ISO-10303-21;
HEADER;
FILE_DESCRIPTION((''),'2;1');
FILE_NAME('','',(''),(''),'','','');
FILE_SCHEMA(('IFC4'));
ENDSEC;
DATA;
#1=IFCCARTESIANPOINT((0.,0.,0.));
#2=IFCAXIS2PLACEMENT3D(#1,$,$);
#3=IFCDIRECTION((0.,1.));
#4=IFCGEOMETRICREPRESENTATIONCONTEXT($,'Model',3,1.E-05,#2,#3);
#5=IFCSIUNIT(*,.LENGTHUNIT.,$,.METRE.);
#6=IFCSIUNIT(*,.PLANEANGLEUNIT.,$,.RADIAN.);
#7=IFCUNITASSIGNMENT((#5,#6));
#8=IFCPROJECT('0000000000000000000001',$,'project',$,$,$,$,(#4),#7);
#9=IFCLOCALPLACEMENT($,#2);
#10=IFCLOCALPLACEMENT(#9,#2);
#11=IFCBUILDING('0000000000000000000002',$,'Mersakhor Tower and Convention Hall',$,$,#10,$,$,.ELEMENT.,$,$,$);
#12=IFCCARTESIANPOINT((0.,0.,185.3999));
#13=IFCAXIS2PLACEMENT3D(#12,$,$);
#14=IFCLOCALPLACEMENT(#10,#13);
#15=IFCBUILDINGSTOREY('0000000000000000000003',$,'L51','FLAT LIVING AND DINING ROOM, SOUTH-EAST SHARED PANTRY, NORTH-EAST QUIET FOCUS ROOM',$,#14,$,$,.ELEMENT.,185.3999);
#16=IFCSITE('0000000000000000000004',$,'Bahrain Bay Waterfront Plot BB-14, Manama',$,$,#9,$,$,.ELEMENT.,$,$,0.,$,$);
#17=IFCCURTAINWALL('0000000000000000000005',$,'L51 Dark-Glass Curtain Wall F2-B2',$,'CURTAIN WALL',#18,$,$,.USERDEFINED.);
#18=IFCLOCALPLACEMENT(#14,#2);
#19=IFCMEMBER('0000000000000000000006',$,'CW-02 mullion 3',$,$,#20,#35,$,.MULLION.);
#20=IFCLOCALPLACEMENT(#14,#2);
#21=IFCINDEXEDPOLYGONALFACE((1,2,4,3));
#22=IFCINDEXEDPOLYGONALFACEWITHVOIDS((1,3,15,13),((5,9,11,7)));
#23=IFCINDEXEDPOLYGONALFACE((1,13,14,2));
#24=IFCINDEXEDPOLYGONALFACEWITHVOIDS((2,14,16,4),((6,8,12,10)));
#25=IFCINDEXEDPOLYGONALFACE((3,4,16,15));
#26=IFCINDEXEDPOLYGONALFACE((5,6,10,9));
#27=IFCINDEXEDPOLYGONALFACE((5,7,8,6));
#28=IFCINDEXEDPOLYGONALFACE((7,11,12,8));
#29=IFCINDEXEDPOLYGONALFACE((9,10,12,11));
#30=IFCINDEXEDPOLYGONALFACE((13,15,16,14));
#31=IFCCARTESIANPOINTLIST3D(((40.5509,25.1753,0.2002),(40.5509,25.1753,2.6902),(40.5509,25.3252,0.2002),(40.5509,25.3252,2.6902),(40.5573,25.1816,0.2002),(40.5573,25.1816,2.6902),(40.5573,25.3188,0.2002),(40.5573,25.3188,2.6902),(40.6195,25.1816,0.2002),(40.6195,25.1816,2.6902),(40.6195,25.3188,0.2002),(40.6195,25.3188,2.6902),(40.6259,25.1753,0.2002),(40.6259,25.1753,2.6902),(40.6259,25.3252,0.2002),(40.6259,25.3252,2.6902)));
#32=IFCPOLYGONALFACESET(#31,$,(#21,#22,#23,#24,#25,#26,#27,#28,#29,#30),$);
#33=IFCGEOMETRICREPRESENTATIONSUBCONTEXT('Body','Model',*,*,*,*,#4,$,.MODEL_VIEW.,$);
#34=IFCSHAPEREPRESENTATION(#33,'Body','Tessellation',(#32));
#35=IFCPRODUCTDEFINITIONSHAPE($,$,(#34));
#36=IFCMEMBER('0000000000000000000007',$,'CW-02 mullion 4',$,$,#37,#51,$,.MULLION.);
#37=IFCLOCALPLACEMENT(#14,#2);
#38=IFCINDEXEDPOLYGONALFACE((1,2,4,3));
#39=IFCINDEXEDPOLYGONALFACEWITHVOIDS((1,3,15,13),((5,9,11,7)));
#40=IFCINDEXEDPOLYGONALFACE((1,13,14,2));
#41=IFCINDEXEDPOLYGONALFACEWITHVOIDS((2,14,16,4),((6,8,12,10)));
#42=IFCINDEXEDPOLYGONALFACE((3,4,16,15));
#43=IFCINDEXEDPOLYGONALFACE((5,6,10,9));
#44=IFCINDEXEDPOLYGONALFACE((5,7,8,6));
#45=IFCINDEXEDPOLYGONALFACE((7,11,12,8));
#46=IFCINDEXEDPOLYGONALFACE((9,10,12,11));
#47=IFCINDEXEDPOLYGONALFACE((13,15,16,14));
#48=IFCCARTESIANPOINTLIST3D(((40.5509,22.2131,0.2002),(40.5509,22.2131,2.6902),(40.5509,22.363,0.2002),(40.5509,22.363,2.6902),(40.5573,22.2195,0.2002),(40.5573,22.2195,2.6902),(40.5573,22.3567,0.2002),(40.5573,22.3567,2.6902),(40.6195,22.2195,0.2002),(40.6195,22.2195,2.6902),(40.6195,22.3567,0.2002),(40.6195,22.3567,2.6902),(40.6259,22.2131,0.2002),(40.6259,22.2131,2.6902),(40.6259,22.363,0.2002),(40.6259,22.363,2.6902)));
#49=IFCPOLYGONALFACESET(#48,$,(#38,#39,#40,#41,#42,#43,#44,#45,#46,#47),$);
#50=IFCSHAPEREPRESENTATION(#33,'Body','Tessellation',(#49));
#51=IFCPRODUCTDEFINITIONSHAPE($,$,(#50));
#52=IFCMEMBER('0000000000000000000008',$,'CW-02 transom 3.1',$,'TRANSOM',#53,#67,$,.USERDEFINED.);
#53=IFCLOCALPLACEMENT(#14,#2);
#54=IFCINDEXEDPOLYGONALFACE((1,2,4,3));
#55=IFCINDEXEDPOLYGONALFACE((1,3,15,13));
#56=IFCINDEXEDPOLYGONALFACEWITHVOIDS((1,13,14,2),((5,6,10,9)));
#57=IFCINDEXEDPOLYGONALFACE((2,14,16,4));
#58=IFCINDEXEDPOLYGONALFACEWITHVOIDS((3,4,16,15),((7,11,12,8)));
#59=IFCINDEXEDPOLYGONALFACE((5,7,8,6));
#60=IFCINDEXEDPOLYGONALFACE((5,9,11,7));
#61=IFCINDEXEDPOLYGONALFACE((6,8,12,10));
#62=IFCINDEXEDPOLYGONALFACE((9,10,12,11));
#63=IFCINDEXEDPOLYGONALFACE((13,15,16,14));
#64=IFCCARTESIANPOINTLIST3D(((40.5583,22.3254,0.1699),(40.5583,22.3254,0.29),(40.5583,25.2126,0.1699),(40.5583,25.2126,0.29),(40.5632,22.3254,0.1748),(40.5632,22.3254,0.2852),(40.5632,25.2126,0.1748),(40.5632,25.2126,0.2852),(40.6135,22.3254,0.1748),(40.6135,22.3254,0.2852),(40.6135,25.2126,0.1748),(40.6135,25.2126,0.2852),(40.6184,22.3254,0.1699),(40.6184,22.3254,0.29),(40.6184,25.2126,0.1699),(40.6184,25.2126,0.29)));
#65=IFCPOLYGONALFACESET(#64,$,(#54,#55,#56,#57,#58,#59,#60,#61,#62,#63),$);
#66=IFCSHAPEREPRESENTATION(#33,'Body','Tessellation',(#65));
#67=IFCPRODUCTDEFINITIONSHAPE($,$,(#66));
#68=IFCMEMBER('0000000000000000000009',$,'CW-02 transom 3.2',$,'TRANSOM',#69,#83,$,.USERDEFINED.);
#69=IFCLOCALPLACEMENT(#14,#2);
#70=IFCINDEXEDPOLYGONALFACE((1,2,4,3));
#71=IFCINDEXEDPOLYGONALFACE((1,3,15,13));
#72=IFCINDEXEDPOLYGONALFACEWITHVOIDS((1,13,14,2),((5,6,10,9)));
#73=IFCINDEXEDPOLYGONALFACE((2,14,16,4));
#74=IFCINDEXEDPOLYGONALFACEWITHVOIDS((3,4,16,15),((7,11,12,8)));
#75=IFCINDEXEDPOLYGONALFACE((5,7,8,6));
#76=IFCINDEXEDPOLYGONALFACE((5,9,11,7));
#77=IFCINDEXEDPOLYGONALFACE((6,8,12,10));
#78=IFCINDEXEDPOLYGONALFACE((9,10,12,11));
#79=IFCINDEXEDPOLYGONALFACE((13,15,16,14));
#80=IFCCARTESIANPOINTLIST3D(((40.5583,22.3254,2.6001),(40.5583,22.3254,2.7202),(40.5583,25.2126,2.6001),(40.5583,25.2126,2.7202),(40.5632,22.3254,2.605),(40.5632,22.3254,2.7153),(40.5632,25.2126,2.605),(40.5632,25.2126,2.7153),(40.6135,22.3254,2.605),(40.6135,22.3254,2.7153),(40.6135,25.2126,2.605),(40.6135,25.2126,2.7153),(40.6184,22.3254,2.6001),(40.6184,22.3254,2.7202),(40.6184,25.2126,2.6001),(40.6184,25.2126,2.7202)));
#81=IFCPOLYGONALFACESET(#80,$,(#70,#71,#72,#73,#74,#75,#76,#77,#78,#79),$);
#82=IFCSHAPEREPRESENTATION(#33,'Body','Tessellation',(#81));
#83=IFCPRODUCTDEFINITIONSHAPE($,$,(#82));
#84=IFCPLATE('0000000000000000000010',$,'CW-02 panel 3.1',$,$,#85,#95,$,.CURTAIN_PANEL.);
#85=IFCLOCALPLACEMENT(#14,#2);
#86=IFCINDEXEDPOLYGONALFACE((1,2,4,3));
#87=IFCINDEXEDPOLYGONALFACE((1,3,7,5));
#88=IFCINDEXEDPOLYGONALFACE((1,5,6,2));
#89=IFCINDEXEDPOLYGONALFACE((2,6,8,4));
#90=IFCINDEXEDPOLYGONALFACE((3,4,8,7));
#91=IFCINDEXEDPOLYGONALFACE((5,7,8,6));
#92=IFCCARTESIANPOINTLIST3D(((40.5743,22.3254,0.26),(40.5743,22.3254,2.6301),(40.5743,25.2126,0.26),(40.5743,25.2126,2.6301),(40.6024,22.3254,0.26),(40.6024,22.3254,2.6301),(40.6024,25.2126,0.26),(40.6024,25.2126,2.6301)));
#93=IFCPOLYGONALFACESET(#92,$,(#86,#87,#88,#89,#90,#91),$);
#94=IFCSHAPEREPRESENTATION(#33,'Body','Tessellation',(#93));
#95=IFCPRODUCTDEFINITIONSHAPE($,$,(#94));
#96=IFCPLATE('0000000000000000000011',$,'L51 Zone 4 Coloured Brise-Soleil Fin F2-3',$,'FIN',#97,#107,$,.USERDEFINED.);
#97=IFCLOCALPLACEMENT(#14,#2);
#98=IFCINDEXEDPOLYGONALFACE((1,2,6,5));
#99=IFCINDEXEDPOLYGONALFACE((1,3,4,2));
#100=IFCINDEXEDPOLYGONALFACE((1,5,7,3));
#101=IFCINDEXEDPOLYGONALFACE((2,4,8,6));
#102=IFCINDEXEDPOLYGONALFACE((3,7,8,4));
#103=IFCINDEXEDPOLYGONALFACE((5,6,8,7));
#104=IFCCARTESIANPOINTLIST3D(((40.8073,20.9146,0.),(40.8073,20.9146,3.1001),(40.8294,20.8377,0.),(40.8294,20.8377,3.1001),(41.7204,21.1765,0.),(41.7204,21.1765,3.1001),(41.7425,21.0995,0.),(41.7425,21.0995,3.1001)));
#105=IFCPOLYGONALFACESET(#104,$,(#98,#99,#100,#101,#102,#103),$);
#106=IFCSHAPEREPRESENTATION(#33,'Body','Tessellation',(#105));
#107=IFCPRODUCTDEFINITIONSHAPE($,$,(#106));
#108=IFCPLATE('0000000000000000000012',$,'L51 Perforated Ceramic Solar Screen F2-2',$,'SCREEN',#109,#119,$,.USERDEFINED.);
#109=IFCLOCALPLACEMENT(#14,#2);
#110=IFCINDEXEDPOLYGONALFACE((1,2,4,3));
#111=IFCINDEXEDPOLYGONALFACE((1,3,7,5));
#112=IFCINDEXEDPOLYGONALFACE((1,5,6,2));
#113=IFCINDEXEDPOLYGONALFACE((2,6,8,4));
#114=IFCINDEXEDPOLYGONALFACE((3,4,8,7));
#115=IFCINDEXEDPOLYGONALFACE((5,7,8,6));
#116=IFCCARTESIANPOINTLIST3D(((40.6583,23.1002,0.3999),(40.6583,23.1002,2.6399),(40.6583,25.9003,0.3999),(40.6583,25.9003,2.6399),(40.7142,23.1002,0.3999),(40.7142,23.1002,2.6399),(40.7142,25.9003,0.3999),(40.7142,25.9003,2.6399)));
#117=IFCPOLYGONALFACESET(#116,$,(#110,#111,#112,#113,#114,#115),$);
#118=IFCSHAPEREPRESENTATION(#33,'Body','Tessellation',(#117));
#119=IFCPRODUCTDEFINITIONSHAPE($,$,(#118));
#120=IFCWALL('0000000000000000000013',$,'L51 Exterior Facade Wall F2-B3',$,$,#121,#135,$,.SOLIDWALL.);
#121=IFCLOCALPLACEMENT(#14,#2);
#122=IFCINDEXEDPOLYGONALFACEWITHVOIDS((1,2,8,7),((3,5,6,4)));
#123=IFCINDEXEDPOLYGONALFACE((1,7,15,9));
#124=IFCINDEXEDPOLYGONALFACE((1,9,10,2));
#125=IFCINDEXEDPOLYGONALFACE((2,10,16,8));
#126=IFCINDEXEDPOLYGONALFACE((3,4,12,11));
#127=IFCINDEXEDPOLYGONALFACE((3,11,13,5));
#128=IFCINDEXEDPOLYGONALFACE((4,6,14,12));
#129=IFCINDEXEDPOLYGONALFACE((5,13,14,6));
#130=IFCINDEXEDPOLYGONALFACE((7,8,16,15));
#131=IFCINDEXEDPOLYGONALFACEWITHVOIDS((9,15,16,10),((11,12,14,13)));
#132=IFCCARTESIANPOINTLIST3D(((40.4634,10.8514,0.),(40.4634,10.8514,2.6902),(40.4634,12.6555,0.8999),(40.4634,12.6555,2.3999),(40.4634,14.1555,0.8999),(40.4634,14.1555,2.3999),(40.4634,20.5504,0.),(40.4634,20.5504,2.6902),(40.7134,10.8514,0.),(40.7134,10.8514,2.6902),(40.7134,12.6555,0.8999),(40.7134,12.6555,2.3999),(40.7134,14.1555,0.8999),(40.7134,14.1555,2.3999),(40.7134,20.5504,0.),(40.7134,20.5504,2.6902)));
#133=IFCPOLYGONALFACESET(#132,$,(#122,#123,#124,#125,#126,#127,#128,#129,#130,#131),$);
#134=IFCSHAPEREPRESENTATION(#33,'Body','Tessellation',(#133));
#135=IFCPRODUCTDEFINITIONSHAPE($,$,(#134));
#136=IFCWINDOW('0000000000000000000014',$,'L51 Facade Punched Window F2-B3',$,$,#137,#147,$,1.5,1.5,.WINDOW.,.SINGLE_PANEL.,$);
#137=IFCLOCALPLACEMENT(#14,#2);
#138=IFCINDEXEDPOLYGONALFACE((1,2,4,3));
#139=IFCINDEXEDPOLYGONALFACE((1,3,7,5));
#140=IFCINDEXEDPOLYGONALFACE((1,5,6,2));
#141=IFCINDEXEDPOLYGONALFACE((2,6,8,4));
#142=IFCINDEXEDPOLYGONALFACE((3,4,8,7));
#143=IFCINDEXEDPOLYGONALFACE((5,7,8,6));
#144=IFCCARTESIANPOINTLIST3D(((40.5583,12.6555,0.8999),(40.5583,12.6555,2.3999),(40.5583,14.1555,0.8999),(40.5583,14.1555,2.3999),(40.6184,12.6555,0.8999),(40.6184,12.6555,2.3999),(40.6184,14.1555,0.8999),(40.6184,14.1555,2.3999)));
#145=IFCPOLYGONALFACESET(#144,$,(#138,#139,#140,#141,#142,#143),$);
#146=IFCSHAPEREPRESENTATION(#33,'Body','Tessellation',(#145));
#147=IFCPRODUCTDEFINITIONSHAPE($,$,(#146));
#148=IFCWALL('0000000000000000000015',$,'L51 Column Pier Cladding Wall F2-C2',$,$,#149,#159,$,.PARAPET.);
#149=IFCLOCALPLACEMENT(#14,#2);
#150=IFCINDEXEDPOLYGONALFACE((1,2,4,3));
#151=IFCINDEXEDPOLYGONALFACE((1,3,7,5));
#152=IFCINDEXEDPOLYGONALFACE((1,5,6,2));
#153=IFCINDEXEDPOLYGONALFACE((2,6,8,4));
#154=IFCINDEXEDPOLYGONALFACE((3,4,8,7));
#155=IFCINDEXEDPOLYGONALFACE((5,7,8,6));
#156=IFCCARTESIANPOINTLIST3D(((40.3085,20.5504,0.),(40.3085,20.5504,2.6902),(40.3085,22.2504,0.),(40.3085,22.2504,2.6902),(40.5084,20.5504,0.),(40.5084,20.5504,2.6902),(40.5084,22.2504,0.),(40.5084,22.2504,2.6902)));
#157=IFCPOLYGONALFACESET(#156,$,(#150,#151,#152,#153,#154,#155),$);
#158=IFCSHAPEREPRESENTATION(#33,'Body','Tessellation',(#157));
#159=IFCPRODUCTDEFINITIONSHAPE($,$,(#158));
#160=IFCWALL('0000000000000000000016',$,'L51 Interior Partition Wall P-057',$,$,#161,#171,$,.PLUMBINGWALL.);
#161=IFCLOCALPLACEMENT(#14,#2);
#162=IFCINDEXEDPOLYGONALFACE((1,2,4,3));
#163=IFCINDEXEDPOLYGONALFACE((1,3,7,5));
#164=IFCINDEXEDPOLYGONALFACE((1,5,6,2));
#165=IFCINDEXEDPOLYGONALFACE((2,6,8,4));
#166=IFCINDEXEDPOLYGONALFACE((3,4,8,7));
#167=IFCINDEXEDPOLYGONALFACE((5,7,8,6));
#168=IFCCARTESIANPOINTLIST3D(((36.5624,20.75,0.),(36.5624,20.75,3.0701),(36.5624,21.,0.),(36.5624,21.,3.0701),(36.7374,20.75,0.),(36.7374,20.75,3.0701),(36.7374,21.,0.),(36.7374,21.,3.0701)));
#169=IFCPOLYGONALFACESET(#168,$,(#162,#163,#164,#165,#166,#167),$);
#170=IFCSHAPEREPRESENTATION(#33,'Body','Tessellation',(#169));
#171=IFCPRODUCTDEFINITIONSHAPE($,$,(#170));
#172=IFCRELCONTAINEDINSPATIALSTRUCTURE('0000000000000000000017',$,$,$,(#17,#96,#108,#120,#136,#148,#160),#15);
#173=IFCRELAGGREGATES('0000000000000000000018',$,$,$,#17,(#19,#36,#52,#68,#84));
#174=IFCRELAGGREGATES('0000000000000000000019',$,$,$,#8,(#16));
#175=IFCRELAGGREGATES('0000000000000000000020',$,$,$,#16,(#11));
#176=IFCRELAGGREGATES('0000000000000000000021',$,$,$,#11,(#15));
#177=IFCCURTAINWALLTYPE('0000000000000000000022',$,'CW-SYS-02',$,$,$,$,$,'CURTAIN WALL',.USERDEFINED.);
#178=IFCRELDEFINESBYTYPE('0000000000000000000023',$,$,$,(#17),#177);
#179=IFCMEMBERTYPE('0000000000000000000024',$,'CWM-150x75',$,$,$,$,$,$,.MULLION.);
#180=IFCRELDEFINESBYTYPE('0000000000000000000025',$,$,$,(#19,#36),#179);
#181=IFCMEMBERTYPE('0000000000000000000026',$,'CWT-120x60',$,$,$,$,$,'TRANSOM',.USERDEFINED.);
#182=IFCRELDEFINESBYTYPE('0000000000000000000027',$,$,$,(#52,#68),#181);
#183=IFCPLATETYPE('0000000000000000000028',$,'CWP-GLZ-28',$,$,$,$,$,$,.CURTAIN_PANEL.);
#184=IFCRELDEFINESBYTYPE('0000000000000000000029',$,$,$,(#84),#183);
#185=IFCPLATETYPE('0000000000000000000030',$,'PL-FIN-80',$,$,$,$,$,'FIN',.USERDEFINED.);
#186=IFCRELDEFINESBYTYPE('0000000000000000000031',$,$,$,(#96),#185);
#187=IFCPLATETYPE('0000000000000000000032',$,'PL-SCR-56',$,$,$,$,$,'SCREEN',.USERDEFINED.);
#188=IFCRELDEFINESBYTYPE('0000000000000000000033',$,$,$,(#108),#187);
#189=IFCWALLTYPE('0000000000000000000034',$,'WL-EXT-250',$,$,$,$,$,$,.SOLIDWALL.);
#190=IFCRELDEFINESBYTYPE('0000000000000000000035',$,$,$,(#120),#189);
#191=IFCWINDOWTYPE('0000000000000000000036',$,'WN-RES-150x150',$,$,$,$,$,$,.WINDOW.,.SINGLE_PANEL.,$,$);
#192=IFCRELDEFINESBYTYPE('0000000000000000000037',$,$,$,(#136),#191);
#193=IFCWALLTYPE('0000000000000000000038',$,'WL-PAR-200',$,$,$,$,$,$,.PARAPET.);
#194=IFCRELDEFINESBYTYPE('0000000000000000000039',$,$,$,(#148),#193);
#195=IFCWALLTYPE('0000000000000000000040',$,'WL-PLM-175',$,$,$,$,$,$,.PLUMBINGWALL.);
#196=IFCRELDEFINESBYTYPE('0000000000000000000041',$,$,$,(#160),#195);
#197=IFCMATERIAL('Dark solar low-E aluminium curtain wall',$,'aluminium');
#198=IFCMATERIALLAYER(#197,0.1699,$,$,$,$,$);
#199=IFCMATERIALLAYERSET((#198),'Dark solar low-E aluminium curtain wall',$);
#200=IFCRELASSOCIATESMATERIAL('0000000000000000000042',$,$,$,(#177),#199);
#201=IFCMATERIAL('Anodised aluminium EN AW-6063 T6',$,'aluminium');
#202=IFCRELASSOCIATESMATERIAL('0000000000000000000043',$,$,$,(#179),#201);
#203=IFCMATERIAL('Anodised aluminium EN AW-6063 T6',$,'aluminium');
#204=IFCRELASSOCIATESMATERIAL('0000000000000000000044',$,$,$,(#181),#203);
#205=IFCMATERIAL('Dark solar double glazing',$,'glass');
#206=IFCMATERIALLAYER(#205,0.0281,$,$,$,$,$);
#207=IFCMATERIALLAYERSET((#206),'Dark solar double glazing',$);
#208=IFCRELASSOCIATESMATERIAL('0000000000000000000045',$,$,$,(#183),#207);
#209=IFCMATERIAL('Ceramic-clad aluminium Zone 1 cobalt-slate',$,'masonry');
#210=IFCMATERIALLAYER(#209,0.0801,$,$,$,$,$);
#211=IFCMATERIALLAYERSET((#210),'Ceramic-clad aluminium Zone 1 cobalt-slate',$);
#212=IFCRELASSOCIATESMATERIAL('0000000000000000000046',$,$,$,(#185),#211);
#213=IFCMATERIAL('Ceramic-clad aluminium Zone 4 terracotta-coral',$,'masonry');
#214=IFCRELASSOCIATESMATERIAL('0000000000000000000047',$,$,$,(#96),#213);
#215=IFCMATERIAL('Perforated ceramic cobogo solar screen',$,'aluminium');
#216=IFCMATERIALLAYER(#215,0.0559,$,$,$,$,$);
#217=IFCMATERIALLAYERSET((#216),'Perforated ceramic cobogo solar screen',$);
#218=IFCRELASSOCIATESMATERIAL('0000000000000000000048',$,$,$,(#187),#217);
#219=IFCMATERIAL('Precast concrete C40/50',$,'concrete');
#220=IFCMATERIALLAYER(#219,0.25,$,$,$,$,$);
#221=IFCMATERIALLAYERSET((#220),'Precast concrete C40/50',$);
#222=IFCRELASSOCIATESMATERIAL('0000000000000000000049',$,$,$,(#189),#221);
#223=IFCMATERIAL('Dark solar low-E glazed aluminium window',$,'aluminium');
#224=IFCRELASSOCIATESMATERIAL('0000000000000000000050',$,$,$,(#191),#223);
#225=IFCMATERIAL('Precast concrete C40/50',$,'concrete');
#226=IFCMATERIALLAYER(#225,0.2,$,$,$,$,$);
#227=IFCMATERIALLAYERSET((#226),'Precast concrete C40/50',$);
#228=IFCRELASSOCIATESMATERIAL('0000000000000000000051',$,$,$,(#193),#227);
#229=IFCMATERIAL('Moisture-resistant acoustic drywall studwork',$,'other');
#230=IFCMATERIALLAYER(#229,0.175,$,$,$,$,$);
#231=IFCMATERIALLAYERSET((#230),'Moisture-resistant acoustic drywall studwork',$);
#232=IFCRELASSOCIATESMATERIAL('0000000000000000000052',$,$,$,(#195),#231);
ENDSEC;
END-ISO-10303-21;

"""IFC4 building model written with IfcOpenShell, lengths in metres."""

from ifc_helpers import new_model, si_unit, direction, frame, frame_2d, origin, origin_2d, place, context, subcontext, project, spatial, rectangle, hollow_rectangle, extrude, material, layer, layer_set, material_profile, profile_set, type_object, element, fill, aggregate, save


model = new_model("IFC4")

# Units and contexts
model_context = context("Model", 3, precision=1e-05, world=origin(), true_north=direction((0.0, 1.0)))
body_context = subcontext(model_context, "Body", "Model", "MODEL_VIEW")
ifc_project = project(units=[si_unit("LENGTHUNIT", "METRE"), si_unit("PLANEANGLEUNIT", "RADIAN")], contexts=[model_context])

# Site, building, storey
site_placement = place(None, origin())
site = spatial("IfcSite", under=ifc_project, at=site_placement, Name="Bahrain Bay Waterfront Plot BB-14, Manama", CompositionType="ELEMENT", RefElevation=0.0)
building_placement = place(site_placement, origin())
building = spatial("IfcBuilding", under=site, at=building_placement, Name="Mersakhor Tower and Convention Hall", CompositionType="ELEMENT")
storey_placement = place(building_placement, frame((0.0, 0.0, 185.3999)))
storey = spatial("IfcBuildingStorey", under=building, at=storey_placement, Name="L51", Description="FLAT LIVING AND DINING ROOM, SOUTH-EAST SHARED PANTRY, NORTH-EAST QUIET FOCUS ROOM", CompositionType="ELEMENT", Elevation=185.3999)

# Curtain wall, members, plate
ifc_material_1 = material(Name="Dark solar low-E aluminium curtain wall", Category="aluminium")
ifc_layer_1 = layer(ifc_material_1, 0.1699)
ifc_layer_set_1 = layer_set([ifc_layer_1], Name="Dark solar low-E aluminium curtain wall")
curtain_wall_type = type_object("IfcCurtainWallType", Name="CW-SYS-02", ElementType="CURTAIN WALL", PredefinedType="USERDEFINED", material=ifc_layer_set_1)
curtain_wall_placement = place(storey_placement, origin())
curtain_wall = element("IfcCurtainWall", 1, at=curtain_wall_placement, inside=storey, type_object=curtain_wall_type, Name="L51 Dark-Glass Curtain Wall F2-B2", ObjectType="CURTAIN WALL", PredefinedType="USERDEFINED")
ifc_material_2 = material(Name="Anodised aluminium EN AW-6063 T6", Category="aluminium")
ifc_material_profile_1 = material_profile(ifc_material_2, hollow_rectangle(XDim=0.075, YDim=0.1499, WallThickness=0.0063, at=origin_2d()), Name="RHS 150x75x6.3")
ifc_profile_set_1 = profile_set([ifc_material_profile_1], Name="Anodised aluminium EN AW-6063 T6")
member_type_1 = type_object("IfcMemberType", Name="CWM-150x75", PredefinedType="MULLION", material=ifc_profile_set_1)
member_1_placement = place(storey_placement, frame((40.5884, 25.2502, 0.2002), z_axis=(0.0, 0.0, 1.0), x_axis=(1.0, 0.0, 0.0)))
member_1 = element("IfcMember", 2, at=member_1_placement, type_object=member_type_1, Name="CW-02 mullion 3", PredefinedType="MULLION", context=body_context, shape_type="SweptSolid", body=[
    extrude(hollow_rectangle(XDim=0.075, YDim=0.1499, WallThickness=0.0063, at=origin_2d()), origin(), (0.0, 0.0, 1.0), 2.49),
])
member_2_placement = place(storey_placement, frame((40.5884, 22.2881, 0.2002), z_axis=(0.0, 0.0, 1.0), x_axis=(1.0, 0.0, 0.0)))
member_2 = element("IfcMember", 3, at=member_2_placement, type_object=member_type_1, Name="CW-02 mullion 4", PredefinedType="MULLION", context=body_context, shape_type="SweptSolid", body=[
    extrude(hollow_rectangle(XDim=0.075, YDim=0.1499, WallThickness=0.0063, at=origin_2d()), origin(), (0.0, 0.0, 1.0), 2.49),
])
ifc_material_3 = material(Name="Anodised aluminium EN AW-6063 T6", Category="aluminium")
ifc_material_profile_2 = material_profile(ifc_material_3, hollow_rectangle(XDim=0.0601, YDim=0.1201, WallThickness=0.0049, at=origin_2d()), Name="RHS 120x60x5")
ifc_profile_set_2 = profile_set([ifc_material_profile_2], Name="Anodised aluminium EN AW-6063 T6")
member_type_2 = type_object("IfcMemberType", Name="CWT-120x60", ElementType="TRANSOM", PredefinedType="USERDEFINED", material=ifc_profile_set_2)
member_3_placement = place(storey_placement, frame((40.5884, 25.2126, 0.23), z_axis=(0.0, -1.0, 0.0), x_axis=(1.0, 0.0, 0.0)))
member_3 = element("IfcMember", 4, at=member_3_placement, type_object=member_type_2, Name="CW-02 transom 3.1", ObjectType="TRANSOM", PredefinedType="USERDEFINED", context=body_context, shape_type="SweptSolid", body=[
    extrude(hollow_rectangle(XDim=0.0601, YDim=0.1201, WallThickness=0.0049, at=origin_2d()), origin(), (0.0, 0.0, 1.0), 2.8872),
])
member_4_placement = place(storey_placement, frame((40.5884, 25.2126, 2.6602), z_axis=(0.0, -1.0, 0.0), x_axis=(1.0, 0.0, 0.0)))
member_4 = element("IfcMember", 5, at=member_4_placement, type_object=member_type_2, Name="CW-02 transom 3.2", ObjectType="TRANSOM", PredefinedType="USERDEFINED", context=body_context, shape_type="SweptSolid", body=[
    extrude(hollow_rectangle(XDim=0.0601, YDim=0.1201, WallThickness=0.0049, at=origin_2d()), origin(), (0.0, 0.0, 1.0), 2.8872),
])
ifc_material_4 = material(Name="Dark solar double glazing", Category="glass")
ifc_layer_2 = layer(ifc_material_4, 0.0281)
ifc_layer_set_2 = layer_set([ifc_layer_2], Name="Dark solar double glazing")
plate_type_1 = type_object("IfcPlateType", Name="CWP-GLZ-28", PredefinedType="CURTAIN_PANEL", material=ifc_layer_set_2)
plate_1_placement = place(storey_placement, frame((40.5884, 23.769, 0.26), z_axis=(0.0, 0.0, 1.0), x_axis=(0.0, -1.0, 0.0)))
plate_1 = element("IfcPlate", 6, at=plate_1_placement, type_object=plate_type_1, Name="CW-02 panel 3.1", PredefinedType="CURTAIN_PANEL", context=body_context, shape_type="SweptSolid", body=[
    extrude(rectangle(XDim=2.8872, YDim=0.0281, at=origin_2d()), origin(), (0.0, 0.0, 1.0), 2.3701),
])
aggregate(curtain_wall, [member_1, member_2, member_3, member_4, plate_1])

# Plates
ifc_material_5 = material(Name="Ceramic-clad aluminium Zone 4 terracotta-coral", Category="masonry")
ifc_material_6 = material(Name="Ceramic-clad aluminium Zone 1 cobalt-slate", Category="masonry")
ifc_layer_3 = layer(ifc_material_6, 0.0801)
ifc_layer_set_3 = layer_set([ifc_layer_3], Name="Ceramic-clad aluminium Zone 1 cobalt-slate")
plate_type_2 = type_object("IfcPlateType", Name="PL-FIN-80", ElementType="FIN", PredefinedType="USERDEFINED", material=ifc_layer_set_3)
plate_2_placement = place(storey_placement, frame((41.2749, 21.0071, 0.0), z_axis=(0.0, 0.0, 1.0), x_axis=(0.961262, 0.275637, 0.0)))
element("IfcPlate", 7, at=plate_2_placement, inside=storey, type_object=plate_type_2, material=ifc_material_5, Name="L51 Zone 4 Coloured Brise-Soleil Fin F2-3", ObjectType="FIN", PredefinedType="USERDEFINED", context=body_context, shape_type="SweptSolid", body=[
    extrude(rectangle(XDim=0.95, YDim=0.0801, at=origin_2d()), origin(), (0.0, 0.0, 1.0), 3.1001),
])
ifc_material_7 = material(Name="Perforated ceramic cobogo solar screen", Category="aluminium")
ifc_layer_4 = layer(ifc_material_7, 0.0559)
ifc_layer_set_4 = layer_set([ifc_layer_4], Name="Perforated ceramic cobogo solar screen")
plate_type_3 = type_object("IfcPlateType", Name="PL-SCR-56", ElementType="SCREEN", PredefinedType="USERDEFINED", material=ifc_layer_set_4)
plate_3_placement = place(storey_placement, frame((40.6863, 24.5002, 0.3999), z_axis=(0.0, 0.0, 1.0), x_axis=(0.0, -1.0, 0.0)))
element("IfcPlate", 8, at=plate_3_placement, inside=storey, type_object=plate_type_3, Name="L51 Perforated Ceramic Solar Screen F2-2", ObjectType="SCREEN", PredefinedType="USERDEFINED", context=body_context, shape_type="SweptSolid", body=[
    extrude(rectangle(XDim=2.8, YDim=0.0559, at=origin_2d()), origin(), (0.0, 0.0, 1.0), 2.24),
])

# Wall, opening, window
ifc_material_8 = material(Name="Precast concrete C40/50", Category="concrete")
ifc_layer_5 = layer(ifc_material_8, 0.25)
ifc_layer_set_5 = layer_set([ifc_layer_5], Name="Precast concrete C40/50")
wall_type_1 = type_object("IfcWallType", Name="WL-EXT-250", PredefinedType="SOLIDWALL", material=ifc_layer_set_5)
wall_1_placement = place(storey_placement, frame((40.5884, 20.5505, 0.0), z_axis=(0.0, 0.0, 1.0), x_axis=(0.0, -1.0, 0.0)))
wall_1 = element("IfcWall", 9, at=wall_1_placement, inside=storey, type_object=wall_type_1, Name="L51 Exterior Facade Wall F2-B3", PredefinedType="SOLIDWALL", context=body_context, shape_type="SweptSolid", body=[
    extrude(rectangle(XDim=9.699, YDim=0.25, at=frame_2d((4.8496, 0.0))), origin(), (0.0, 0.0, 1.0), 2.6902),
])
opening_1_placement = place(wall_1_placement, frame((6.395, 0.0, 0.8999)))
opening_1 = element("IfcOpeningElement", 10, at=opening_1_placement, cuts=wall_1, PredefinedType="OPENING", context=body_context, shape_type="SweptSolid", body=[
    extrude(rectangle(XDim=1.5, YDim=1.5, at=frame_2d((0.75, 0.75))), frame((0.0, 0.135, 0.0), z_axis=(0.0, -1.0, 0.0), x_axis=(1.0, 0.0, 0.0)), (0.0, 0.0, 1.0), 0.27),
])
ifc_material_9 = material(Name="Dark solar low-E glazed aluminium window", Category="aluminium")
window_type = type_object("IfcWindowType", Name="WN-RES-150x150", PartitioningType="SINGLE_PANEL", PredefinedType="WINDOW", material=ifc_material_9)
window_placement = place(opening_1_placement, origin())
window = element("IfcWindow", 11, at=window_placement, inside=storey, type_object=window_type, Name="L51 Facade Punched Window F2-B3", OverallHeight=1.5, OverallWidth=1.5, PartitioningType="SINGLE_PANEL", PredefinedType="WINDOW", context=body_context, shape_type="SweptSolid", body=[
    extrude(rectangle(XDim=1.5, YDim=1.5, at=frame_2d((0.75, 0.75))), frame((0.0, 0.03, 0.0), z_axis=(0.0, -1.0, 0.0), x_axis=(1.0, 0.0, 0.0)), (0.0, 0.0, 1.0), 0.0601),
])
fill(opening_1, window)

# Walls
ifc_material_10 = material(Name="Precast concrete C40/50", Category="concrete")
ifc_layer_6 = layer(ifc_material_10, 0.2)
ifc_layer_set_6 = layer_set([ifc_layer_6], Name="Precast concrete C40/50")
wall_type_2 = type_object("IfcWallType", Name="WL-PAR-200", PredefinedType="PARAPET", material=ifc_layer_set_6)
wall_2_placement = place(storey_placement, frame((40.4084, 22.2505, 0.0), z_axis=(0.0, 0.0, 1.0), x_axis=(0.0, -1.0, 0.0)))
element("IfcWall", 12, at=wall_2_placement, inside=storey, type_object=wall_type_2, Name="L51 Column Pier Cladding Wall F2-C2", PredefinedType="PARAPET", context=body_context, shape_type="SweptSolid", body=[
    extrude(rectangle(XDim=1.7, YDim=0.2, at=frame_2d((0.8501, 0.0))), origin(), (0.0, 0.0, 1.0), 2.6902),
])
ifc_material_11 = material(Name="Moisture-resistant acoustic drywall studwork", Category="other")
ifc_layer_7 = layer(ifc_material_11, 0.175)
ifc_layer_set_7 = layer_set([ifc_layer_7], Name="Moisture-resistant acoustic drywall studwork")
wall_type_3 = type_object("IfcWallType", Name="WL-PLM-175", PredefinedType="PLUMBINGWALL", material=ifc_layer_set_7)
wall_3_placement = place(storey_placement, frame((36.6499, 20.75, 0.0), z_axis=(0.0, 0.0, 1.0), x_axis=(0.0, 1.0, 0.0)))
element("IfcWall", 13, at=wall_3_placement, inside=storey, type_object=wall_type_3, Name="L51 Interior Partition Wall P-057", PredefinedType="PLUMBINGWALL", context=body_context, shape_type="SweptSolid", body=[
    extrude(rectangle(XDim=0.25, YDim=0.175, at=frame_2d((0.125, 0.0))), origin(), (0.0, 0.0, 1.0), 3.0701),
])

save(model, "model.ifc")
